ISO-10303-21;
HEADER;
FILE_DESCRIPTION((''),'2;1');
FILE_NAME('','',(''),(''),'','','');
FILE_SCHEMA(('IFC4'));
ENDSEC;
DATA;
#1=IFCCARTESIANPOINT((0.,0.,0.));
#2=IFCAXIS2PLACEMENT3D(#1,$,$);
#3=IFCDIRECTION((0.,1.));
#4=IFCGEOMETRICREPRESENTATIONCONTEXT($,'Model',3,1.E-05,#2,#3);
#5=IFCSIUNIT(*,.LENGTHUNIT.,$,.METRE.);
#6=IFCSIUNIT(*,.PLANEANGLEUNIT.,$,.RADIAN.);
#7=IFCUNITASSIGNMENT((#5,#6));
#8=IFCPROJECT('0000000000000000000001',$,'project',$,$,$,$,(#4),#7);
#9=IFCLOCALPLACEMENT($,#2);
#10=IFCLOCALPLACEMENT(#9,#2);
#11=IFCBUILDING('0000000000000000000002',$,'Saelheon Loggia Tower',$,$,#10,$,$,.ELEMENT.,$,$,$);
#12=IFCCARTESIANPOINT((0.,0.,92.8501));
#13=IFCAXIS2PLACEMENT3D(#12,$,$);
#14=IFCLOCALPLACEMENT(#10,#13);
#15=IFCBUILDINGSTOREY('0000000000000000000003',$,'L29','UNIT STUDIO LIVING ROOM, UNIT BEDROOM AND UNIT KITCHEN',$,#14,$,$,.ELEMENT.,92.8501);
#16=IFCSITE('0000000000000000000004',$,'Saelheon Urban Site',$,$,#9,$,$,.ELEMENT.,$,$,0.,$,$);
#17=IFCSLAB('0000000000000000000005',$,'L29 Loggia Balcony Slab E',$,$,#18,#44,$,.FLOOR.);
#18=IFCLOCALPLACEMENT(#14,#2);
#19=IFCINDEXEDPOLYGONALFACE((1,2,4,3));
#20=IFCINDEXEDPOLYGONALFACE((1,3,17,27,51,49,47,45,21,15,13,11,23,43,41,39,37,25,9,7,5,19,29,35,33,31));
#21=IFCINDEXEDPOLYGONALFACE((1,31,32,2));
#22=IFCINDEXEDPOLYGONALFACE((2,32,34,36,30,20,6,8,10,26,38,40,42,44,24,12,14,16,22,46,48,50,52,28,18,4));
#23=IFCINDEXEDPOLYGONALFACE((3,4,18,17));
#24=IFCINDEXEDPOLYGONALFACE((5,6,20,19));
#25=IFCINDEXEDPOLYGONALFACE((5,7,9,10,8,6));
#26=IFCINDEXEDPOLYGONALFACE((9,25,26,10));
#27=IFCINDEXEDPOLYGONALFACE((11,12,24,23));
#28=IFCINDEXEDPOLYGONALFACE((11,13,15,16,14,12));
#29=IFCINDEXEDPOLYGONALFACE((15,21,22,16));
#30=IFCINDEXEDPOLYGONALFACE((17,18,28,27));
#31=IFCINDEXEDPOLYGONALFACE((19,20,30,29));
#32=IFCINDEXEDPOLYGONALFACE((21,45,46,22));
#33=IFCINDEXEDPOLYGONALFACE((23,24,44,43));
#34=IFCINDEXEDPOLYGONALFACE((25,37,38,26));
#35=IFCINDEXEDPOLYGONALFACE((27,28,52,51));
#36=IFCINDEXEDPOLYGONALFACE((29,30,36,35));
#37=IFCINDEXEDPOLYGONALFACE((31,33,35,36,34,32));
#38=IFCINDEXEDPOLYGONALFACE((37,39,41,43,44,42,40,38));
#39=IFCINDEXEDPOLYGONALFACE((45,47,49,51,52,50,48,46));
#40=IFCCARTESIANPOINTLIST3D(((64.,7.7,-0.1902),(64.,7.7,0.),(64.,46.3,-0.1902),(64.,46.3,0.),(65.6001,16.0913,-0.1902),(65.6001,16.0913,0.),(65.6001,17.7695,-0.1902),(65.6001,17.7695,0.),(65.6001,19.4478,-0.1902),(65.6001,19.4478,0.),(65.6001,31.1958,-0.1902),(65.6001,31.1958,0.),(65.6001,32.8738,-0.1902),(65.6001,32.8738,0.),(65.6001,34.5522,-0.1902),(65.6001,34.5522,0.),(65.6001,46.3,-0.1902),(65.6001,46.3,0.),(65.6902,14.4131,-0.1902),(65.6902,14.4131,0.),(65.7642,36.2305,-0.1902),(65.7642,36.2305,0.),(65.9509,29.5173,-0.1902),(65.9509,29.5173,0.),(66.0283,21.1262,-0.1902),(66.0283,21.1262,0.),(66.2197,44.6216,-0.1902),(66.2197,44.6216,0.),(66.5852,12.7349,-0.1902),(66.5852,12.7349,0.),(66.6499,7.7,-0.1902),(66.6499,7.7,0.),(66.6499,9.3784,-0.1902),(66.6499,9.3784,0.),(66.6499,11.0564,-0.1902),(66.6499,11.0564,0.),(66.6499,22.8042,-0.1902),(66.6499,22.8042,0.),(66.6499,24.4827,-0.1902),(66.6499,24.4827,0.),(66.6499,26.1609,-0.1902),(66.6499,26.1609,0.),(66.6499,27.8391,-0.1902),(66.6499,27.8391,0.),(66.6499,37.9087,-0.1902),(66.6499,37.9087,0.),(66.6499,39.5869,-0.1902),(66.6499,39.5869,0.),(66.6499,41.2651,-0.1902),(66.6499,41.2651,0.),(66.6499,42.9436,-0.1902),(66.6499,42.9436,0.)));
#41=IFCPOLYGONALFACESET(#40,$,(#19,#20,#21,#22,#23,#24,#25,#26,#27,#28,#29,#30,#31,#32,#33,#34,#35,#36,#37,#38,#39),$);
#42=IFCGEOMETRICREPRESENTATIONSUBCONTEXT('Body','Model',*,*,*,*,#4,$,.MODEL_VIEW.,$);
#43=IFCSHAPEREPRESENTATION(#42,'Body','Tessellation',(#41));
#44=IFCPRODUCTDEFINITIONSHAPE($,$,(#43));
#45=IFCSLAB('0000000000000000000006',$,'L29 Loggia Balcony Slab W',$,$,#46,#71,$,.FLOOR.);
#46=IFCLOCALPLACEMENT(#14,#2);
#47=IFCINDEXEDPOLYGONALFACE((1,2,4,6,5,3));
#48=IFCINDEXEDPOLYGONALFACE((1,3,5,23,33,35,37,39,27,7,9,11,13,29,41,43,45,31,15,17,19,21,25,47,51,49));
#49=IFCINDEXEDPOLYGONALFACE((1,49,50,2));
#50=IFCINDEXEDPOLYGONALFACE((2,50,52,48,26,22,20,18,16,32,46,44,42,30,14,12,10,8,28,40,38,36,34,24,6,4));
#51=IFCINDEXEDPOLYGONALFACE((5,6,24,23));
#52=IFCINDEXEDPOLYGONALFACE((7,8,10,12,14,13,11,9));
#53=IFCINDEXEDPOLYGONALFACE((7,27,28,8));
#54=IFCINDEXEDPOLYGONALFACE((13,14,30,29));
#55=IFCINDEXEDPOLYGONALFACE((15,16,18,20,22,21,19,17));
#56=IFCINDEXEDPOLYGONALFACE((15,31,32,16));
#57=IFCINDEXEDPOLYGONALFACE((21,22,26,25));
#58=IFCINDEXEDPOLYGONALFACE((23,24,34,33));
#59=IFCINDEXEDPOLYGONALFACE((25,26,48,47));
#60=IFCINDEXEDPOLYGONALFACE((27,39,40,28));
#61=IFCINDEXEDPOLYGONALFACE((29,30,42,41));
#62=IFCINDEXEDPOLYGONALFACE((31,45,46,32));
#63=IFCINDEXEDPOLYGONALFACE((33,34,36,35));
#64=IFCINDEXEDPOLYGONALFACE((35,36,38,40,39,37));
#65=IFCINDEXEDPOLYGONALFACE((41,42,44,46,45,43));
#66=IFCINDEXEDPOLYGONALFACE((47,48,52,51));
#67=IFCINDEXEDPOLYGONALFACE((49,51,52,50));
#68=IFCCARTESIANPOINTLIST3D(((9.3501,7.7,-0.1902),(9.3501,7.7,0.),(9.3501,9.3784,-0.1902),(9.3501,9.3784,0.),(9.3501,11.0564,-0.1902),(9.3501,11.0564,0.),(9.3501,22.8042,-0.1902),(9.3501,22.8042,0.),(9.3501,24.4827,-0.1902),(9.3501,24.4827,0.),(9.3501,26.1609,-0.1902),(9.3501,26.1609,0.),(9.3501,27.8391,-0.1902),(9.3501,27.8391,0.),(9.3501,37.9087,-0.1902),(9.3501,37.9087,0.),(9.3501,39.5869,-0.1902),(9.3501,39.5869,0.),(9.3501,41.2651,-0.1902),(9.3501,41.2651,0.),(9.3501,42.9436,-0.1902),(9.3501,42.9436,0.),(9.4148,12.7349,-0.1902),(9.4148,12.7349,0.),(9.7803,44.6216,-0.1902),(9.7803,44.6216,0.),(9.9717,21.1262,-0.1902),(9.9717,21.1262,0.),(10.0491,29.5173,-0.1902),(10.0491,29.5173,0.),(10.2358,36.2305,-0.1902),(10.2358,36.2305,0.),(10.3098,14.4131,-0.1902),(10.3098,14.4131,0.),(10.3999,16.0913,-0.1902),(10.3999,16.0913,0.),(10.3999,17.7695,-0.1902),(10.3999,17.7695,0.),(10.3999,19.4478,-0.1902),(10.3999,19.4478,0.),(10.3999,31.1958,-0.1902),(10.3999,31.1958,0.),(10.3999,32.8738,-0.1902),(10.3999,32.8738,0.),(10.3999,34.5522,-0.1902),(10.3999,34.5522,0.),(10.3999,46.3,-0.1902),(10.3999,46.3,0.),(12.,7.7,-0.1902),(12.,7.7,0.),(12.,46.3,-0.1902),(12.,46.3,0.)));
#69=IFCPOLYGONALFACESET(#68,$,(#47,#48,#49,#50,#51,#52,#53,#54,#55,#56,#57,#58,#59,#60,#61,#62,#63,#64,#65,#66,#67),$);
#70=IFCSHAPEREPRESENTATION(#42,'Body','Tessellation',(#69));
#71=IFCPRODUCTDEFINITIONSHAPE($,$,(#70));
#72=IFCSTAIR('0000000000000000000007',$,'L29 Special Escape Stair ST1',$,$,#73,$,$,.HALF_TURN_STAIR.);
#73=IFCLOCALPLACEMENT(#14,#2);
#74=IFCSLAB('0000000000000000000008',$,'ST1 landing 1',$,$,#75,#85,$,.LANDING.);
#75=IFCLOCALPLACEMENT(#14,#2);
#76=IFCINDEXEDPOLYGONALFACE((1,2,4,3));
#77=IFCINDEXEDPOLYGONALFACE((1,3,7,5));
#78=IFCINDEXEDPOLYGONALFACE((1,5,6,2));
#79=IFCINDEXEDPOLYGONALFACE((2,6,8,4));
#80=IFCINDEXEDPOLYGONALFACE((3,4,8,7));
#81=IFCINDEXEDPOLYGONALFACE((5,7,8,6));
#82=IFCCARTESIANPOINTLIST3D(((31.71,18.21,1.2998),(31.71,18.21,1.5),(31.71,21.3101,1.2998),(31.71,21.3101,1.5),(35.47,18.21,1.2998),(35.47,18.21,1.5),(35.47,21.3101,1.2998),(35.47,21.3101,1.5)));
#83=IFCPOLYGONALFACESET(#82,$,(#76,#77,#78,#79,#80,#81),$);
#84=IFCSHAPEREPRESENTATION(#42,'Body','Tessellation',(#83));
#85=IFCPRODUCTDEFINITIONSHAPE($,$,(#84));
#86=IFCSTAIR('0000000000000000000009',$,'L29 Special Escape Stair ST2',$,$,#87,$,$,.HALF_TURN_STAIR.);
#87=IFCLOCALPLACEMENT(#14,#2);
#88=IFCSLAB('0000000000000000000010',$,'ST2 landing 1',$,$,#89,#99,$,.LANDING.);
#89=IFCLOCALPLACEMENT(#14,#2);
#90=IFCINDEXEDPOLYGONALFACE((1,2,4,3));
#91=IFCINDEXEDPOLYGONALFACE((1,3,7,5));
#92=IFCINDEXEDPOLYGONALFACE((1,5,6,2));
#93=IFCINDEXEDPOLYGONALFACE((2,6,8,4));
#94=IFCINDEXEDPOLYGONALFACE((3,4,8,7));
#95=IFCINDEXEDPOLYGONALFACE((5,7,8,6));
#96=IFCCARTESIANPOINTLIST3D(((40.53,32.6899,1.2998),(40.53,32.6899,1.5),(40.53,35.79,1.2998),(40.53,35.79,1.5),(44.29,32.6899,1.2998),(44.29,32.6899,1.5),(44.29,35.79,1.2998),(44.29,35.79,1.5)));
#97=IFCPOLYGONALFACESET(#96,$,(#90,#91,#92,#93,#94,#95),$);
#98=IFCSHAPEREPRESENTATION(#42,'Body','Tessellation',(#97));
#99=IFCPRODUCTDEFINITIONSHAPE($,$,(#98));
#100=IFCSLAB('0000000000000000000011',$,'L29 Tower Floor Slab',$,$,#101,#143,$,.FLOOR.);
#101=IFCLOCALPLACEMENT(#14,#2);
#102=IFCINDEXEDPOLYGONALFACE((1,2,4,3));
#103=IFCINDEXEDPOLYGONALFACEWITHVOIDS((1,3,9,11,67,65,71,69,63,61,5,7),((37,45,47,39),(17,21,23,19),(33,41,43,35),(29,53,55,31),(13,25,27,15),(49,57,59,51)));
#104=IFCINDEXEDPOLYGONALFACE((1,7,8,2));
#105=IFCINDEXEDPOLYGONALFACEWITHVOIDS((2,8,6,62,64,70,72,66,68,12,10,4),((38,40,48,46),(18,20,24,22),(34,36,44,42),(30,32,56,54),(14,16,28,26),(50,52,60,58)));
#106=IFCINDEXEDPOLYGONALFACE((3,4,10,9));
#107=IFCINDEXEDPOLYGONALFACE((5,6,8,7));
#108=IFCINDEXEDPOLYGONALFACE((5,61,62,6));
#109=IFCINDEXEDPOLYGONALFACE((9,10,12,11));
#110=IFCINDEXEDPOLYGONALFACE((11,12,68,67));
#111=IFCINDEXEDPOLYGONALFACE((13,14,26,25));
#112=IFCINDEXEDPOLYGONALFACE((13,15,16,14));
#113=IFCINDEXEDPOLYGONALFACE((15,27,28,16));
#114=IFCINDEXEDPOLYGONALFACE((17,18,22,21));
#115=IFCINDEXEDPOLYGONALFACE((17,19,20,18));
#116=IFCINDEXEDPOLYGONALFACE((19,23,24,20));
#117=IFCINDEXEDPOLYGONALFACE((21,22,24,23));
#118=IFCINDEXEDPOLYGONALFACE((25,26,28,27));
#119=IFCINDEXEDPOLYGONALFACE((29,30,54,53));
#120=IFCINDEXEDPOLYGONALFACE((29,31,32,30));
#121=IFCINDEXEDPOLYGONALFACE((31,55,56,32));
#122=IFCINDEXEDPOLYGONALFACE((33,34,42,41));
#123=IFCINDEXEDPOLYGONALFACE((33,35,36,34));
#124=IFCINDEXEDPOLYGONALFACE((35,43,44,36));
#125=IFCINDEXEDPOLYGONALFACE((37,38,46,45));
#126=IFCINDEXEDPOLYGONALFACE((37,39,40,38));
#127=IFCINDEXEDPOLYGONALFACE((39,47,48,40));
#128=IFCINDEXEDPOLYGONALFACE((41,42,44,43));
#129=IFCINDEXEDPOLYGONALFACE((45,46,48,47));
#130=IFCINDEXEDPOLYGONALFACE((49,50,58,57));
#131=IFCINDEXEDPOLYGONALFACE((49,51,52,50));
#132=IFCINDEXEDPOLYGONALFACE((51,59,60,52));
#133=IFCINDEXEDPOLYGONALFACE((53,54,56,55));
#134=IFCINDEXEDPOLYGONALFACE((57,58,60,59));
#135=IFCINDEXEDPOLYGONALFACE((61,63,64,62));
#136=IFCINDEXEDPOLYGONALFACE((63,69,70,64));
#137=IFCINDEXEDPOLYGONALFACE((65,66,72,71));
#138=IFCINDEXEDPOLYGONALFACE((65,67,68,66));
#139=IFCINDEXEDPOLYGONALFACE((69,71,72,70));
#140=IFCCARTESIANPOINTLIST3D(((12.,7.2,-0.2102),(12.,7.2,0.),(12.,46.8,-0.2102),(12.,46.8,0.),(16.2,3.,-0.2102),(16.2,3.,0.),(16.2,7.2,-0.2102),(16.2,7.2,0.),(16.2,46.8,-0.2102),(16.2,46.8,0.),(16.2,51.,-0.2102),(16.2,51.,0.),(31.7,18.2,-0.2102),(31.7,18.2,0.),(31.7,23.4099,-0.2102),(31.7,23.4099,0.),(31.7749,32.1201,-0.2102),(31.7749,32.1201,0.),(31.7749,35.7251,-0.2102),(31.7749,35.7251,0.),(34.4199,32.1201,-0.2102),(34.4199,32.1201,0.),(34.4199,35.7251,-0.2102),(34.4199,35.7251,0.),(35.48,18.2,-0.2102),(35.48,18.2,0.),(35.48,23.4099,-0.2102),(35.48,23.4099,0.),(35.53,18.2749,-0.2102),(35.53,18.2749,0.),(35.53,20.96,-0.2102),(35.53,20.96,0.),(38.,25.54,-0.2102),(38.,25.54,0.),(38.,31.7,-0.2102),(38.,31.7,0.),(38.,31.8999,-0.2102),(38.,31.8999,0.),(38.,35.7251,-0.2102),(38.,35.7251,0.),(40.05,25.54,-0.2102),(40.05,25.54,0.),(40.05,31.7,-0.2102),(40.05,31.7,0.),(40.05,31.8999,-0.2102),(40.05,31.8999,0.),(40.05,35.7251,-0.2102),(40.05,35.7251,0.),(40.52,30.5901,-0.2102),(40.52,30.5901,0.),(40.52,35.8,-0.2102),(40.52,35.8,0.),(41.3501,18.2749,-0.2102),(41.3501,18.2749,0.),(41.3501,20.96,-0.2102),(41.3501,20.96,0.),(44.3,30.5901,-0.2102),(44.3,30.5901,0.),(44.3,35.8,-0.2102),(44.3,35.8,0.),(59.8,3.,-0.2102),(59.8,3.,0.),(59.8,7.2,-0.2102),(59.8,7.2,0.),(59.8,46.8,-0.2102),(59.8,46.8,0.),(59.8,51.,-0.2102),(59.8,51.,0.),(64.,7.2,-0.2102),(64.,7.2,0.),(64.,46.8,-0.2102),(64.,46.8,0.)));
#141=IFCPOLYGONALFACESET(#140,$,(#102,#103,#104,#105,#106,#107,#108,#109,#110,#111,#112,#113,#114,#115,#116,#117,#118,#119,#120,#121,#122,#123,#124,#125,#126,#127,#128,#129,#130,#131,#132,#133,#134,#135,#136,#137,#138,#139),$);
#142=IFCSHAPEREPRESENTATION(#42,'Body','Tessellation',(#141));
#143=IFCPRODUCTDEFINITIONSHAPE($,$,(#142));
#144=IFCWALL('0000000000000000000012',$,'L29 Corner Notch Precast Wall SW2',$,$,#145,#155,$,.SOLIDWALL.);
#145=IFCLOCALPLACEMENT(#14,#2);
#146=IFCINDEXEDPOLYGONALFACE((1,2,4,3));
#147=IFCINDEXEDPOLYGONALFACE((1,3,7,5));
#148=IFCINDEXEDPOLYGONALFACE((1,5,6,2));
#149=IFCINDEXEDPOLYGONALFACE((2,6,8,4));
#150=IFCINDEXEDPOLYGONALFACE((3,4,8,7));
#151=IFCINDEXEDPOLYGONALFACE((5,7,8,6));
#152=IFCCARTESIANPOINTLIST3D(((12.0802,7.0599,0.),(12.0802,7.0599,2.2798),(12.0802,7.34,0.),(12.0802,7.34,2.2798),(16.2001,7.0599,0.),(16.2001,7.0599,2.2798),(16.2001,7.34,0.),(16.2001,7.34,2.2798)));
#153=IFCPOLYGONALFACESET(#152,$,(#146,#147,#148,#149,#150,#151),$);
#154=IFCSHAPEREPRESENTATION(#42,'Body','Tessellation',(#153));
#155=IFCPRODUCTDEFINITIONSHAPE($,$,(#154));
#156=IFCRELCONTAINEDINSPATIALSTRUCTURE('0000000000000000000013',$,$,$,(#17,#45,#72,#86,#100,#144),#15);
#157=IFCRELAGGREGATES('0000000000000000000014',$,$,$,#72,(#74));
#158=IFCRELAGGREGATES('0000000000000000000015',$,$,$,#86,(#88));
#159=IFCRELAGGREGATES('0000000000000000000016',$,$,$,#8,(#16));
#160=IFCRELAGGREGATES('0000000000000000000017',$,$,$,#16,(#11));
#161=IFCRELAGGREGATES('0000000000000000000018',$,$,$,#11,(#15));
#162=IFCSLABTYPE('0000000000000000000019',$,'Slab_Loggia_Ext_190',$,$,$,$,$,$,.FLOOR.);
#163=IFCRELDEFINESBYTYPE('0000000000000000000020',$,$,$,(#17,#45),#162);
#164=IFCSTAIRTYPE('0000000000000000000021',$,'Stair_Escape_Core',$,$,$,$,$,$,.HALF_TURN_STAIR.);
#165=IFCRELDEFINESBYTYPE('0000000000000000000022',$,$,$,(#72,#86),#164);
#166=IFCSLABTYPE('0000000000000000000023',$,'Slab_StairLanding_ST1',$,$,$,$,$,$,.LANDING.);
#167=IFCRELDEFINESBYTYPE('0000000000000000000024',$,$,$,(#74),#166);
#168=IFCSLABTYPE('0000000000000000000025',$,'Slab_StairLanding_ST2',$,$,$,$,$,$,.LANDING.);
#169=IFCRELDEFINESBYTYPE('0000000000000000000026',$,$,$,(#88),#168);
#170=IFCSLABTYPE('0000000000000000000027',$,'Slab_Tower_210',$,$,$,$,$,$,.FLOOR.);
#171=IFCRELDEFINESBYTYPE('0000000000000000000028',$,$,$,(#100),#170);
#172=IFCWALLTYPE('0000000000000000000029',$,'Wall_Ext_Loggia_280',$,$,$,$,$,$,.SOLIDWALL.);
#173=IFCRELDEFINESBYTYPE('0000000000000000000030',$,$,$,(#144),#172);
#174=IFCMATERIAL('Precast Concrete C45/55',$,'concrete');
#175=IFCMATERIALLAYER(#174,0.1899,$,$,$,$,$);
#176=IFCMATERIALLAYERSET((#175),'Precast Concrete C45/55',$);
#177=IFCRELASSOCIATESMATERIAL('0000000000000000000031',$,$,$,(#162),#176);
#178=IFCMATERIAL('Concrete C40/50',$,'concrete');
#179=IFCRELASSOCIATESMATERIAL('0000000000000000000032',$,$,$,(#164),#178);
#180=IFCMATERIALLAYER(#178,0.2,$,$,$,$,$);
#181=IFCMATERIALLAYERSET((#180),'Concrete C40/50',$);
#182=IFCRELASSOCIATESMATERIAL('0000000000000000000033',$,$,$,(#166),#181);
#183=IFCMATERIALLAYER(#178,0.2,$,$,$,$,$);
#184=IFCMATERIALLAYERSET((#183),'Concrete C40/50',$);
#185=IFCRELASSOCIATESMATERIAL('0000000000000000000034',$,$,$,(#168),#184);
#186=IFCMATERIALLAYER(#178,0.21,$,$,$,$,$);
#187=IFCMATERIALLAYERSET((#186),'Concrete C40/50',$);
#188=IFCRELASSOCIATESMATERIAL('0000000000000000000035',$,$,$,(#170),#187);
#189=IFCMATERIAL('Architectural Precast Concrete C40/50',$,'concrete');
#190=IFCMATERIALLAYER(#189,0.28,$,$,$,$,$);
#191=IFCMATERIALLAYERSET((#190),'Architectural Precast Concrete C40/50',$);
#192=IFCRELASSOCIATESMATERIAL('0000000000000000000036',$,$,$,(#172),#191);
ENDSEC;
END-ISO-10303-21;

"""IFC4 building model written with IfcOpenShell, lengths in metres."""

from ifc_helpers import new_model, si_unit, direction, frame, frame_2d, origin, place, context, subcontext, project, spatial, polyline, rectangle, outline, extrude, material, layer, layer_set, type_object, element, aggregate, save


model = new_model("IFC4")

# Units and contexts
model_context = context("Model", 3, precision=1e-05, world=origin(), true_north=direction((0.0, 1.0)))
body_context = subcontext(model_context, "Body", "Model", "MODEL_VIEW")
ifc_project = project(units=[si_unit("LENGTHUNIT", "METRE"), si_unit("PLANEANGLEUNIT", "RADIAN")], contexts=[model_context])

# Site, building, storey
site_placement = place(None, origin())
site = spatial("IfcSite", under=ifc_project, at=site_placement, Name="Saelheon Urban Site", CompositionType="ELEMENT", RefElevation=0.0)
building_placement = place(site_placement, origin())
building = spatial("IfcBuilding", under=site, at=building_placement, Name="Saelheon Loggia Tower", CompositionType="ELEMENT")
storey_placement = place(building_placement, frame((0.0, 0.0, 92.8501)))
storey = spatial("IfcBuildingStorey", under=building, at=storey_placement, Name="L29", Description="UNIT STUDIO LIVING ROOM, UNIT BEDROOM AND UNIT KITCHEN", CompositionType="ELEMENT", Elevation=92.8501)

# Shared definitions
ifc_material_1 = material(Name="Precast Concrete C45/55", Category="concrete")

# Shared definitions
ifc_material_2 = material(Name="Concrete C40/50", Category="concrete")

# Slabs
ifc_layer_1 = layer(ifc_material_1, 0.1899)
ifc_layer_set_1 = layer_set([ifc_layer_1], Name="Precast Concrete C45/55")
slab_type_1 = type_object("IfcSlabType", Name="Slab_Loggia_Ext_190", PredefinedType="FLOOR", material=ifc_layer_set_1)
slab_1_placement = place(storey_placement, frame((0.0, 0.0, -0.1902)))
element("IfcSlab", 1, at=slab_1_placement, inside=storey, type_object=slab_type_1, Name="L29 Loggia Balcony Slab E", PredefinedType="FLOOR", context=body_context, shape_type="SweptSolid", body=[
    extrude(outline(polyline([(64.0, 7.7), (66.6499, 7.7), (66.6499, 9.3784), (66.6499, 11.0564), (66.5852, 12.7349), (65.6902, 14.4131), (65.6001, 16.0913), (65.6001, 17.7695), (65.6001, 19.4478), (66.0283, 21.1262), (66.6499, 22.8042), (66.6499, 24.4827), (66.6499, 26.1609), (66.6499, 27.8391), (65.9509, 29.5173), (65.6001, 31.1958), (65.6001, 32.8738), (65.6001, 34.5522), (65.7642, 36.2305), (66.6499, 37.9087), (66.6499, 39.5869), (66.6499, 41.2651), (66.6499, 42.9436), (66.2197, 44.6216), (65.6001, 46.3), (64.0, 46.3), (64.0, 7.7)])), origin(), (0.0, 0.0, 1.0), 0.1902),
])
slab_2_placement = place(storey_placement, frame((0.0, 0.0, -0.1902)))
element("IfcSlab", 2, at=slab_2_placement, inside=storey, type_object=slab_type_1, Name="L29 Loggia Balcony Slab W", PredefinedType="FLOOR", context=body_context, shape_type="SweptSolid", body=[
    extrude(outline(polyline([(12.0, 7.7), (12.0, 46.3), (10.3999, 46.3), (9.7803, 44.6216), (9.3501, 42.9436), (9.3501, 41.2651), (9.3501, 39.5869), (9.3501, 37.9087), (10.2358, 36.2305), (10.3999, 34.5522), (10.3999, 32.8738), (10.3999, 31.1958), (10.0491, 29.5173), (9.3501, 27.8391), (9.3501, 26.1609), (9.3501, 24.4827), (9.3501, 22.8042), (9.9717, 21.1262), (10.3999, 19.4478), (10.3999, 17.7695), (10.3999, 16.0913), (10.3098, 14.4131), (9.4148, 12.7349), (9.3501, 11.0564), (9.3501, 9.3784), (9.3501, 7.7), (12.0, 7.7)])), origin(), (0.0, 0.0, 1.0), 0.1902),
])

# Stairs, slabs
stair_type = type_object("IfcStairType", Name="Stair_Escape_Core", PredefinedType="HALF_TURN_STAIR", material=ifc_material_2)
stair_1_placement = place(storey_placement, origin())
stair_1 = element("IfcStair", 3, at=stair_1_placement, inside=storey, type_object=stair_type, Name="L29 Special Escape Stair ST1", PredefinedType="HALF_TURN_STAIR")
ifc_layer_2 = layer(ifc_material_2, 0.2)
ifc_layer_set_2 = layer_set([ifc_layer_2], Name="Concrete C40/50")
slab_type_2 = type_object("IfcSlabType", Name="Slab_StairLanding_ST1", PredefinedType="LANDING", material=ifc_layer_set_2)
slab_3_placement = place(storey_placement, frame((0.0, 0.0, 1.2998)))
slab_3 = element("IfcSlab", 4, at=slab_3_placement, type_object=slab_type_2, Name="ST1 landing 1", PredefinedType="LANDING", context=body_context, shape_type="SweptSolid", body=[
    extrude(outline(polyline([(31.71, 21.3101), (31.71, 18.21), (35.47, 18.21), (35.47, 21.3101), (31.71, 21.3101)])), origin(), (0.0, 0.0, 1.0), 0.2002),
])
aggregate(stair_1, [slab_3])
stair_2_placement = place(storey_placement, origin())
stair_2 = element("IfcStair", 5, at=stair_2_placement, inside=storey, type_object=stair_type, Name="L29 Special Escape Stair ST2", PredefinedType="HALF_TURN_STAIR")
ifc_layer_3 = layer(ifc_material_2, 0.2)
ifc_layer_set_3 = layer_set([ifc_layer_3], Name="Concrete C40/50")
slab_type_3 = type_object("IfcSlabType", Name="Slab_StairLanding_ST2", PredefinedType="LANDING", material=ifc_layer_set_3)
slab_4_placement = place(storey_placement, frame((0.0, 0.0, 1.2998)))
slab_4 = element("IfcSlab", 6, at=slab_4_placement, type_object=slab_type_3, Name="ST2 landing 1", PredefinedType="LANDING", context=body_context, shape_type="SweptSolid", body=[
    extrude(outline(polyline([(44.29, 32.6899), (44.29, 35.79), (40.53, 35.79), (40.53, 32.6899), (44.29, 32.6899)])), origin(), (0.0, 0.0, 1.0), 0.2002),
])
aggregate(stair_2, [slab_4])

# Slab
ifc_layer_4 = layer(ifc_material_2, 0.21)
ifc_layer_set_4 = layer_set([ifc_layer_4], Name="Concrete C40/50")
slab_type_4 = type_object("IfcSlabType", Name="Slab_Tower_210", PredefinedType="FLOOR", material=ifc_layer_set_4)
slab_5_placement = place(storey_placement, frame((0.0, 0.0, -0.2102)))
element("IfcSlab", 7, at=slab_5_placement, inside=storey, type_object=slab_type_4, Name="L29 Tower Floor Slab", PredefinedType="FLOOR", context=body_context, shape_type="SweptSolid", body=[
    extrude(outline(polyline([(16.2, 3.0), (59.8, 3.0), (59.8, 7.2), (64.0, 7.2), (64.0, 46.8), (59.8, 46.8), (59.8, 51.0), (16.2, 51.0), (16.2, 46.8), (12.0, 46.8), (12.0, 7.2), (16.2, 7.2), (16.2, 3.0)]), holes=[polyline([(31.7, 23.4099), (31.7, 18.2), (35.48, 18.2), (35.48, 23.4099), (31.7, 23.4099)]), polyline([(44.3, 30.5901), (44.3, 35.8), (40.52, 35.8), (40.52, 30.5901), (44.3, 30.5901)]), polyline([(35.53, 18.2749), (41.3501, 18.2749), (41.3501, 20.96), (35.53, 20.96), (35.53, 18.2749)]), polyline([(31.7749, 32.1201), (34.4199, 32.1201), (34.4199, 35.7251), (31.7749, 35.7251), (31.7749, 32.1201)]), polyline([(38.0, 31.8999), (40.05, 31.8999), (40.05, 35.7251), (38.0, 35.7251), (38.0, 31.8999)]), polyline([(38.0, 25.54), (40.05, 25.54), (40.05, 31.7), (38.0, 31.7), (38.0, 25.54)])]), origin(), (0.0, 0.0, 1.0), 0.2102),
])

# Wall
ifc_material_3 = material(Name="Architectural Precast Concrete C40/50", Category="concrete")
ifc_layer_5 = layer(ifc_material_3, 0.28)
ifc_layer_set_5 = layer_set([ifc_layer_5], Name="Architectural Precast Concrete C40/50")
wall_type = type_object("IfcWallType", Name="Wall_Ext_Loggia_280", PredefinedType="SOLIDWALL", material=ifc_layer_set_5)
wall_placement = place(storey_placement, frame((12.0801, 7.2, 0.0), z_axis=(0.0, 0.0, 1.0), x_axis=(1.0, 0.0, 0.0)))
element("IfcWall", 8, at=wall_placement, inside=storey, type_object=wall_type, Name="L29 Corner Notch Precast Wall SW2", PredefinedType="SOLIDWALL", context=body_context, shape_type="SweptSolid", body=[
    extrude(rectangle(XDim=4.1199, YDim=0.28, at=frame_2d((2.0601, 0.0))), origin(), (0.0, 0.0, 1.0), 2.2798),
])

save(model, "model.ifc")
